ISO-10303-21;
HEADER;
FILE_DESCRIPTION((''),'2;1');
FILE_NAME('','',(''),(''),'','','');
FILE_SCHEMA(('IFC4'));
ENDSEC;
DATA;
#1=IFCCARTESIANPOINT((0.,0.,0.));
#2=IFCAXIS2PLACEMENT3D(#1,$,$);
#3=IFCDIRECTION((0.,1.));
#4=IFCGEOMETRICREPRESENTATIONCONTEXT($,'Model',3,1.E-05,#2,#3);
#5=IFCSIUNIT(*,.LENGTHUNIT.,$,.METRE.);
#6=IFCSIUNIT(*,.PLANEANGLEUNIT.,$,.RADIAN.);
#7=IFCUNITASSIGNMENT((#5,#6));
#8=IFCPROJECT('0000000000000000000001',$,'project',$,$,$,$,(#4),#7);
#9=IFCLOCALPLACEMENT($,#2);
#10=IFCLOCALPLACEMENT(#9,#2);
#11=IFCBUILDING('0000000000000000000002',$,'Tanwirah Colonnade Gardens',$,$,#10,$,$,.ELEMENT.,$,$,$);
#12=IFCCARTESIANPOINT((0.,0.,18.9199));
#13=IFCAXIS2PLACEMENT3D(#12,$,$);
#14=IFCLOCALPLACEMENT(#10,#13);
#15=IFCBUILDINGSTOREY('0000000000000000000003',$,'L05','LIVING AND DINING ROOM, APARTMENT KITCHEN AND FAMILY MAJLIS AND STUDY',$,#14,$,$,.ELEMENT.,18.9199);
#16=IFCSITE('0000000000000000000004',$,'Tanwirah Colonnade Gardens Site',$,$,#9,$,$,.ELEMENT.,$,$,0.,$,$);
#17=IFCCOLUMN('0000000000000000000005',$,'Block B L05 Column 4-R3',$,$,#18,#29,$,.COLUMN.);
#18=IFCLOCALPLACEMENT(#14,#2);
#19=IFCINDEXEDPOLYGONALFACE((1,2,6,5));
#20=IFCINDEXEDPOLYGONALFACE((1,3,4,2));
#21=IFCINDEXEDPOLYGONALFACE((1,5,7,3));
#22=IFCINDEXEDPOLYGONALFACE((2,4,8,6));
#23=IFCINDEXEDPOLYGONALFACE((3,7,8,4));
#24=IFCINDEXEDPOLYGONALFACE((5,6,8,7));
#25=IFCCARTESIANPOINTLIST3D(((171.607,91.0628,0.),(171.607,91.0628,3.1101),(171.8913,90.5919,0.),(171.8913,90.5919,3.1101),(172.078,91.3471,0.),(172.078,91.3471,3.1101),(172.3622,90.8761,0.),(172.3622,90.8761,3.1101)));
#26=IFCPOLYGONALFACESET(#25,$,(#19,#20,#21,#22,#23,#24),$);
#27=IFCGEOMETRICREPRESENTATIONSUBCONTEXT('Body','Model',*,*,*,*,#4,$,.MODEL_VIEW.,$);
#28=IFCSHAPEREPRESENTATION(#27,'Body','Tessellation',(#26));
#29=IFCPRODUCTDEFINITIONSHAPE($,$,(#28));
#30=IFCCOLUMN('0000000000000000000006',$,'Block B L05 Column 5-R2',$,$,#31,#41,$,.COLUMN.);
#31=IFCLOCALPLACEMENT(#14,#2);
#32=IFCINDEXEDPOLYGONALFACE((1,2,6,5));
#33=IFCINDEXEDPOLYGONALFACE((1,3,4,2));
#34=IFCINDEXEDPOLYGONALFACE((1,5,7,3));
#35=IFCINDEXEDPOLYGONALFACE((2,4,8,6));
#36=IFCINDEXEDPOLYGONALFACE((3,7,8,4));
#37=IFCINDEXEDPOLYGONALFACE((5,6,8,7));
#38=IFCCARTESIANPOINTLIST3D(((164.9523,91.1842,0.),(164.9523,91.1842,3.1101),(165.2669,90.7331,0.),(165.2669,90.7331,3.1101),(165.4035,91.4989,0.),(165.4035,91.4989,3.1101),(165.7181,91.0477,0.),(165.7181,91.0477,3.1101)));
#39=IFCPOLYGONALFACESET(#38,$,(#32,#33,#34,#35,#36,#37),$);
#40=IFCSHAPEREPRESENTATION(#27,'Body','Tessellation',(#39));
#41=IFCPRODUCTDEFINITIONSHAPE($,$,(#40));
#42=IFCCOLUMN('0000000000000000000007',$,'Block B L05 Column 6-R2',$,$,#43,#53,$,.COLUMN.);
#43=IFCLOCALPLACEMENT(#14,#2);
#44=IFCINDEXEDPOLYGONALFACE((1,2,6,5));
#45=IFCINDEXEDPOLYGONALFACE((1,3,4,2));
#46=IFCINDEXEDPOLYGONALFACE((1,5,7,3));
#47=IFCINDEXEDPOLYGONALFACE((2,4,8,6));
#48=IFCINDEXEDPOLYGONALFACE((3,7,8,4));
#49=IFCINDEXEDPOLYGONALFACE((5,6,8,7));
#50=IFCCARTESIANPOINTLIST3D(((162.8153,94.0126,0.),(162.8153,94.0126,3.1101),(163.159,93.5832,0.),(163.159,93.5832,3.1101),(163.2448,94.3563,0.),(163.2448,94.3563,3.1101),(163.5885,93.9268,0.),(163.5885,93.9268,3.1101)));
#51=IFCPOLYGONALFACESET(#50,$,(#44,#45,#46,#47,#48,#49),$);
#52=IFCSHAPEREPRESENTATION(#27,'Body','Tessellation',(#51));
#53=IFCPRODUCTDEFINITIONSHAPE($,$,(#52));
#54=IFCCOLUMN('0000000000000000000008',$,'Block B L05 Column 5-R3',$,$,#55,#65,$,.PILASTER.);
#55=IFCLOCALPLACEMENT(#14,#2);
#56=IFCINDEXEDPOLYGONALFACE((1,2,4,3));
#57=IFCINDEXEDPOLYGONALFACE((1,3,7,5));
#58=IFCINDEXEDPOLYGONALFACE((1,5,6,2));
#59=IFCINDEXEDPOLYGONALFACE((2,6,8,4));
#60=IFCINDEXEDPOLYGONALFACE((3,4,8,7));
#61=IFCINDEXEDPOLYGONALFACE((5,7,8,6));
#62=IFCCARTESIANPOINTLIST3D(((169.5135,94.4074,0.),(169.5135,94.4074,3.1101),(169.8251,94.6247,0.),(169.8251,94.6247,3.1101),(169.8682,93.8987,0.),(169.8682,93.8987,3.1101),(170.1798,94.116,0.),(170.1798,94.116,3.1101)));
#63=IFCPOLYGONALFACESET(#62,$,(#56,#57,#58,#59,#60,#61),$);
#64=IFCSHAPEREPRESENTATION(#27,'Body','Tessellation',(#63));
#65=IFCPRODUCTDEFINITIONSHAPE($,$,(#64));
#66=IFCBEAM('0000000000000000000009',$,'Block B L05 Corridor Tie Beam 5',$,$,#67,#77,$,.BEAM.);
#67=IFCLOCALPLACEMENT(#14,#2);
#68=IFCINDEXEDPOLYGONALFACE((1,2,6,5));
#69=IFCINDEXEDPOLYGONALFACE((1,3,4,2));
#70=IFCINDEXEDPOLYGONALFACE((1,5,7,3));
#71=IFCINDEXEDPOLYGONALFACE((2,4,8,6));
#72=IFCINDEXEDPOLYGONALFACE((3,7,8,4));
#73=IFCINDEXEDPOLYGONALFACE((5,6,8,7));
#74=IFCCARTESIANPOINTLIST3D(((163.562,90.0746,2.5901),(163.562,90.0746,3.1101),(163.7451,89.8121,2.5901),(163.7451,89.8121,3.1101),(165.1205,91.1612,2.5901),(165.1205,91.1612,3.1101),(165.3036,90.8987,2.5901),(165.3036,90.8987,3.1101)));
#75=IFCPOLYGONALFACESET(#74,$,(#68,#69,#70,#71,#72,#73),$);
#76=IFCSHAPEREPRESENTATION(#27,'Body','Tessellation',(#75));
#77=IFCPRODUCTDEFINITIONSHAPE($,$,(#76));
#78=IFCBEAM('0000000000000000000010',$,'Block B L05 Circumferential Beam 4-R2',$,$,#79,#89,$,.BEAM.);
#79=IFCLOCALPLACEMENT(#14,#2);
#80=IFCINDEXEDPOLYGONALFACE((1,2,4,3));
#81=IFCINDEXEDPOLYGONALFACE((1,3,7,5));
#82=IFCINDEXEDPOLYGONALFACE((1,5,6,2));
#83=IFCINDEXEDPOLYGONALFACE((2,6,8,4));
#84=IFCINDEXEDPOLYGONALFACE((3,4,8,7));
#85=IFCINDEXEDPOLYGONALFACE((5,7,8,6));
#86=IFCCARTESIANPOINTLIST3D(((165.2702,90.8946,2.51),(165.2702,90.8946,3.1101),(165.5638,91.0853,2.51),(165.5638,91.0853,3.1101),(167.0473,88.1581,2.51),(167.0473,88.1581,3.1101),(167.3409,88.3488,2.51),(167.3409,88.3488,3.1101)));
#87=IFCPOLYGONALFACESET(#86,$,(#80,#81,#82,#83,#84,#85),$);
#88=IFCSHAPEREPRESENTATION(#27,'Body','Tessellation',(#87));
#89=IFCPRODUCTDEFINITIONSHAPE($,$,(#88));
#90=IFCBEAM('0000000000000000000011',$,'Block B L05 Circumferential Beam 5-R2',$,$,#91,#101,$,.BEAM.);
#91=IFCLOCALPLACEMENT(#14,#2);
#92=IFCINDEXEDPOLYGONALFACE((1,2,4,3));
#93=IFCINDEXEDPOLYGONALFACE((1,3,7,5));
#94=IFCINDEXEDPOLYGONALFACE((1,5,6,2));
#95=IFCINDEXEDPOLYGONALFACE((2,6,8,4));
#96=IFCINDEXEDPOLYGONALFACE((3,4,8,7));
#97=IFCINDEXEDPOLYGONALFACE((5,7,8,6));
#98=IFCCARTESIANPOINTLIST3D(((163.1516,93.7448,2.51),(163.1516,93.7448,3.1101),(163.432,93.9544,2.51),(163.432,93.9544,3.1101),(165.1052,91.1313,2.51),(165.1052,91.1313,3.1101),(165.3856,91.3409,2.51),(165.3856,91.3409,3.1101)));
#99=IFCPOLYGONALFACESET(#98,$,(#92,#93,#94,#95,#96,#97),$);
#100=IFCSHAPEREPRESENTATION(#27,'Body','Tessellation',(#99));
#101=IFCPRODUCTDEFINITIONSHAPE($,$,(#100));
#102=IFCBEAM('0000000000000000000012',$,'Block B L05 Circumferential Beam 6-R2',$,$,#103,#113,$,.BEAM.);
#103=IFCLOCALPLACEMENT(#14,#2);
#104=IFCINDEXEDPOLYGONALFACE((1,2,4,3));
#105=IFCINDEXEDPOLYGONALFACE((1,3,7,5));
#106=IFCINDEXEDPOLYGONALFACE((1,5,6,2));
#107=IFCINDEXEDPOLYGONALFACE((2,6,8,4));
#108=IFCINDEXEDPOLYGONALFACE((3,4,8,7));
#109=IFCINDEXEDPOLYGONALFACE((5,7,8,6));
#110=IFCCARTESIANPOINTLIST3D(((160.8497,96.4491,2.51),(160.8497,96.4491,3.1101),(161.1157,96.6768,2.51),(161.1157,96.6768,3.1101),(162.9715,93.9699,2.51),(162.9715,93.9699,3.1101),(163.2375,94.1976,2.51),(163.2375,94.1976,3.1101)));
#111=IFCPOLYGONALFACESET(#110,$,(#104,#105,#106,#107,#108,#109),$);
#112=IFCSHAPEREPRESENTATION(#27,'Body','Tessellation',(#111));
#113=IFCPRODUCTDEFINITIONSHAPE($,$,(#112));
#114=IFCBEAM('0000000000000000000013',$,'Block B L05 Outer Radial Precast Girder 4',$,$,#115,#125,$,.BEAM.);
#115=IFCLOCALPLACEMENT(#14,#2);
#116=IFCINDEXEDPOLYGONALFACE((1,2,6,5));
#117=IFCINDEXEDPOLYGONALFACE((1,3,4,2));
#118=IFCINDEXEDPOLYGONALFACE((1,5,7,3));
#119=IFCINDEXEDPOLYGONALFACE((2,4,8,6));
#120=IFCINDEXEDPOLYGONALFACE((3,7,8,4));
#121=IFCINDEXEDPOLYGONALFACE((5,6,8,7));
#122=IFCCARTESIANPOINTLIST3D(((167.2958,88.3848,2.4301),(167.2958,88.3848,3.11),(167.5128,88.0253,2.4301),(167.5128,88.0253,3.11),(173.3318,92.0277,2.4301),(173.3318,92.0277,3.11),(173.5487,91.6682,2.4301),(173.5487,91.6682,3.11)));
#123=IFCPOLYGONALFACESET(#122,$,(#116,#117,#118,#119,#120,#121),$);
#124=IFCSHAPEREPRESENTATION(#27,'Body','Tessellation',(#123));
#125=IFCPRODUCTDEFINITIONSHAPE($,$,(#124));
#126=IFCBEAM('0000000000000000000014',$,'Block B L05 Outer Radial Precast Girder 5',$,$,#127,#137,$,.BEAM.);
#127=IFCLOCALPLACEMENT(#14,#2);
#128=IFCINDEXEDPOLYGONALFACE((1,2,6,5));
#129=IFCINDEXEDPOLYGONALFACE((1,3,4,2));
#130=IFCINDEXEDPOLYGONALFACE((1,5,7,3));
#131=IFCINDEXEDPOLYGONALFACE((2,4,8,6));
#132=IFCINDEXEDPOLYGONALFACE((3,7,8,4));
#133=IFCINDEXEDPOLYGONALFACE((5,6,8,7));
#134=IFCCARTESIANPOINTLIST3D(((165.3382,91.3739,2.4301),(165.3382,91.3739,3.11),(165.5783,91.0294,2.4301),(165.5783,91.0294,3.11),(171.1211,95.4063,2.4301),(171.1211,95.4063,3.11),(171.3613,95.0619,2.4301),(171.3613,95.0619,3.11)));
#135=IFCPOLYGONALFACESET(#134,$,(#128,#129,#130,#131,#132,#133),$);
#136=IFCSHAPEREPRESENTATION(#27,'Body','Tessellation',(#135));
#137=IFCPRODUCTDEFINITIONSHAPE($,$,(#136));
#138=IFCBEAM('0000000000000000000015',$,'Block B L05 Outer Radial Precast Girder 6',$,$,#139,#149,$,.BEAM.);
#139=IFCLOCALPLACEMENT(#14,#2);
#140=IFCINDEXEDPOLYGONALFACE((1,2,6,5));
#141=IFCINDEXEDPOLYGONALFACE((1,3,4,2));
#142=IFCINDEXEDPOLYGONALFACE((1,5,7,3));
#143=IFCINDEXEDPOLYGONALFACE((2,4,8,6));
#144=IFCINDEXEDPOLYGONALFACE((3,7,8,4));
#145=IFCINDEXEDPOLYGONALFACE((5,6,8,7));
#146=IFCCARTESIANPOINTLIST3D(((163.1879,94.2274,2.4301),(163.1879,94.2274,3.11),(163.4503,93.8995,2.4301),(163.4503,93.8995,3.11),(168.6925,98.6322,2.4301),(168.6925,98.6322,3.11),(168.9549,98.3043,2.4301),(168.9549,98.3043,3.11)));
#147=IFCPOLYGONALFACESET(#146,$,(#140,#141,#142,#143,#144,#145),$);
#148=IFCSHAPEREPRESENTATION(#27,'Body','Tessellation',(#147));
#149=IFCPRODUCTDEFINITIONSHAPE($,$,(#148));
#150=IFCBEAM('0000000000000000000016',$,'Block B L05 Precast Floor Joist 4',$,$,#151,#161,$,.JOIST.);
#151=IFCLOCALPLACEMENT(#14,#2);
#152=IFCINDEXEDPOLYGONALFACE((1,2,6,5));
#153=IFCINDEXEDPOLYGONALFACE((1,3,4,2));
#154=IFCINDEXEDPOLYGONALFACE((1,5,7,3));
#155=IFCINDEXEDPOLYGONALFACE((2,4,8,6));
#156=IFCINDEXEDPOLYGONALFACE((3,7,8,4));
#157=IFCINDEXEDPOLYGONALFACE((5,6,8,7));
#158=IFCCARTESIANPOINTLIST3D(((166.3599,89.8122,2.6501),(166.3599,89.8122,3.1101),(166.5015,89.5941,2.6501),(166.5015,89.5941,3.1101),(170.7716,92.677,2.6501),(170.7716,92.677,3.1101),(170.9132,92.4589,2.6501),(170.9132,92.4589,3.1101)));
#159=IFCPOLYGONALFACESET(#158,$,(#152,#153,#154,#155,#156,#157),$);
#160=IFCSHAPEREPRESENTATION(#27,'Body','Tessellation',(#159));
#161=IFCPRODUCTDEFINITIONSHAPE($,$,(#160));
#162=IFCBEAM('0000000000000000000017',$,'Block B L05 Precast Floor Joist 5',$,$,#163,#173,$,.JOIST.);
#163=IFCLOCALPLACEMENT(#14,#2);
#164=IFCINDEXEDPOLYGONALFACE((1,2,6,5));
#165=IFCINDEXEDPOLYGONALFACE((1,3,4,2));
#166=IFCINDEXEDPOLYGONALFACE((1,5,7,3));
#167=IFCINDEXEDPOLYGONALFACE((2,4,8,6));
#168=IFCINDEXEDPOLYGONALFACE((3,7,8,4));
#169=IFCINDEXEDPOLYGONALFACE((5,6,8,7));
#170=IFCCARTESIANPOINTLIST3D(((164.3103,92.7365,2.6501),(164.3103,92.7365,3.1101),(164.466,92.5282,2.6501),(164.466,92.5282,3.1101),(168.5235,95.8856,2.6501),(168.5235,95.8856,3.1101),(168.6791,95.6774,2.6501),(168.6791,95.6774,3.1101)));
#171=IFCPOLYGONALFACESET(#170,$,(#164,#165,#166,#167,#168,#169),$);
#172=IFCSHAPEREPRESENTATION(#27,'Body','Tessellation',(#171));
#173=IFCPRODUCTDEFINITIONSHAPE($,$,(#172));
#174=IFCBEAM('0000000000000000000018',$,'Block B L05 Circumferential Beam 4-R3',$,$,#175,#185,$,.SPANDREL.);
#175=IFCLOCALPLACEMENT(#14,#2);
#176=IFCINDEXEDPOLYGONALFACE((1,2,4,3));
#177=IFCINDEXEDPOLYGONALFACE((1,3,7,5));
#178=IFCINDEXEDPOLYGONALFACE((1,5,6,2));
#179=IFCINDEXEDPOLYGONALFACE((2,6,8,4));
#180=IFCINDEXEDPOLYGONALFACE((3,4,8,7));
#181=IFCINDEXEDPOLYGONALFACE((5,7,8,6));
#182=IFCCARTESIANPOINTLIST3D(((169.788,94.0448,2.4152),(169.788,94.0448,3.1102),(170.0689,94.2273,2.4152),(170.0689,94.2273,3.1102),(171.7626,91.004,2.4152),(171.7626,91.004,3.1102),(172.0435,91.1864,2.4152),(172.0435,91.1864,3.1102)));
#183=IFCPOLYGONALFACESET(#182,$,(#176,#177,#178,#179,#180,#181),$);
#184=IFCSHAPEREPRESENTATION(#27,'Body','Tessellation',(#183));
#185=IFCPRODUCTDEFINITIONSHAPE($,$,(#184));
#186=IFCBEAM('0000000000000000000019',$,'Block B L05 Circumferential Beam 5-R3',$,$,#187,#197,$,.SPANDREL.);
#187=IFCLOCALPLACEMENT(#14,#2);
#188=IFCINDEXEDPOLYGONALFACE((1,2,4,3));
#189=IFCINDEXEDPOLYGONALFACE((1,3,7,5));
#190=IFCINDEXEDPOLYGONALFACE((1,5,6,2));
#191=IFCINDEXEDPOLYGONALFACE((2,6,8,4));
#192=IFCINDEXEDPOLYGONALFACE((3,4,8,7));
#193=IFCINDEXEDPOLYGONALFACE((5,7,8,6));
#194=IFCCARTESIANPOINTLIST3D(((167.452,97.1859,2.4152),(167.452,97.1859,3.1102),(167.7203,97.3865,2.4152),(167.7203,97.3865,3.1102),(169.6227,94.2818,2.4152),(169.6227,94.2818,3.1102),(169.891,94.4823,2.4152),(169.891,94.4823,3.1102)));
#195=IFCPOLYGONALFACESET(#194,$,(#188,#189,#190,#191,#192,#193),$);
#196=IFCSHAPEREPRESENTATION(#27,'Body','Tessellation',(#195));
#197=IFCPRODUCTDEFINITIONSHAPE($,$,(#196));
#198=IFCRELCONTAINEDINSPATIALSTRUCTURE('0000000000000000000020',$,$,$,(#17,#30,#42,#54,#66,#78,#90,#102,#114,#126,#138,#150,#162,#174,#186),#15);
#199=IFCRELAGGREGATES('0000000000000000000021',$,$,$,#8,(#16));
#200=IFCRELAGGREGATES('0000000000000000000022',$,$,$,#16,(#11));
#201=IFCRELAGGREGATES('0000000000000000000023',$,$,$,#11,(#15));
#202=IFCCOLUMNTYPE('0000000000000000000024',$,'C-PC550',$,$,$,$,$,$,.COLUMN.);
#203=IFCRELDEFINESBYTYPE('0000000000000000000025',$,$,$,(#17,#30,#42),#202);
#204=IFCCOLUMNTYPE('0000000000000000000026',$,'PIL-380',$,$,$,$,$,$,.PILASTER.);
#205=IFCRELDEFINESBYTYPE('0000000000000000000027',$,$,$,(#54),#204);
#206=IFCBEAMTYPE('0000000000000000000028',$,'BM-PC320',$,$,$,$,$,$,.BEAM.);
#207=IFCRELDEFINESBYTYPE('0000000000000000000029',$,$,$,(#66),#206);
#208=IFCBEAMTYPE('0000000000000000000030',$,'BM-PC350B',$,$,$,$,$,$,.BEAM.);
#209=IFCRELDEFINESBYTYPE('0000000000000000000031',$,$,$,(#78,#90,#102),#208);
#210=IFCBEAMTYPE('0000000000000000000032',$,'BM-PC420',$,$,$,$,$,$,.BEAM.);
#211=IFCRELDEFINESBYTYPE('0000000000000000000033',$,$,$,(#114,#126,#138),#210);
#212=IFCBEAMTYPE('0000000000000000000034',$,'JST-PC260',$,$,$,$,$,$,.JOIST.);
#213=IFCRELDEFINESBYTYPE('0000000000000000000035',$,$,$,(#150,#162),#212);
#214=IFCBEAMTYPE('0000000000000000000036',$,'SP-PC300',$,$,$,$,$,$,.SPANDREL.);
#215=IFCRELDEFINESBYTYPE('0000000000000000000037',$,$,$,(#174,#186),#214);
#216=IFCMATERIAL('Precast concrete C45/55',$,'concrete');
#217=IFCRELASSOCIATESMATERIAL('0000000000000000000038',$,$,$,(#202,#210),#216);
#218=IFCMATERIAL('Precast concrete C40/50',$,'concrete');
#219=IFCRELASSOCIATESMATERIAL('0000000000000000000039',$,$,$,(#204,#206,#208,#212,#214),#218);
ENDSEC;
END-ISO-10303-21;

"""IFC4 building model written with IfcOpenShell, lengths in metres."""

from ifc_helpers import new_model, si_unit, direction, frame, origin, origin_2d, place, context, subcontext, project, spatial, rectangle, extrude, material, material_profile, profile_set, type_object, element, save


model = new_model("IFC4")

# Units and contexts
model_context = context("Model", 3, precision=1e-05, world=origin(), true_north=direction((0.0, 1.0)))
body_context = subcontext(model_context, "Body", "Model", "MODEL_VIEW")
ifc_project = project(units=[si_unit("LENGTHUNIT", "METRE"), si_unit("PLANEANGLEUNIT", "RADIAN")], contexts=[model_context])

# Site, building, storey
site_placement = place(None, origin())
site = spatial("IfcSite", under=ifc_project, at=site_placement, Name="Tanwirah Colonnade Gardens Site", CompositionType="ELEMENT", RefElevation=0.0)
building_placement = place(site_placement, origin())
building = spatial("IfcBuilding", under=site, at=building_placement, Name="Tanwirah Colonnade Gardens", CompositionType="ELEMENT")
storey_placement = place(building_placement, frame((0.0, 0.0, 18.9199)))
storey = spatial("IfcBuildingStorey", under=building, at=storey_placement, Name="L05", Description="LIVING AND DINING ROOM, APARTMENT KITCHEN AND FAMILY MAJLIS AND STUDY", CompositionType="ELEMENT", Elevation=18.9199)

# Columns
ifc_material_1 = material(Name="Precast concrete C45/55", Category="concrete")
ifc_material_profile_1 = material_profile(ifc_material_1, rectangle(XDim=0.55, YDim=0.55, at=origin_2d()), Name="PC-COL 550x550")
ifc_profile_set_1 = profile_set([ifc_material_profile_1], Name="Precast concrete C45/55")
column_type_1 = type_object("IfcColumnType", Name="C-PC550", PredefinedType="COLUMN", material=ifc_profile_set_1)
for number, where, z_axis, x_axis, name in (
    (1, (171.9846, 90.9695, 0.0), (0.0, 0.0, 1.0), (0.856167, 0.516699, 0.0), "Block B L05 Column 4-R3"),
    (2, (165.3352, 91.116, 0.0), (0.0, 0.0, 1.0), (0.820263, 0.571987, 0.0), "Block B L05 Column 5-R2"),
    (3, (163.2019, 93.9697, 0.0), (0.0, 0.0, 1.0), (0.780794, 0.624789, 0.0), "Block B L05 Column 6-R2"),
):
    element("IfcColumn", number, at=place(storey_placement, frame(where, z_axis=z_axis, x_axis=x_axis)), inside=storey, type_object=column_type_1, Name=name, PredefinedType="COLUMN", context=body_context, shape_type="SweptSolid", body=[
        extrude(rectangle(XDim=0.55, YDim=0.55, at=origin_2d()), origin(), (0.0, 0.0, 1.0), 3.1101),
    ])
ifc_material_2 = material(Name="Precast concrete C40/50", Category="concrete")
ifc_material_profile_2 = material_profile(ifc_material_2, rectangle(XDim=0.3799, YDim=0.6201, at=origin_2d()), Name="PC-PIL 380x620")
ifc_profile_set_2 = profile_set([ifc_material_profile_2], Name="Precast concrete C40/50")
column_type_2 = type_object("IfcColumnType", Name="PIL-380", PredefinedType="PILASTER", material=ifc_profile_set_2)
column_placement = place(storey_placement, frame((169.8467, 94.2617, 0.0), z_axis=(0.0, 0.0, 1.0), x_axis=(0.820263, 0.571987, 0.0)))
element("IfcColumn", 4, at=column_placement, inside=storey, type_object=column_type_2, Name="Block B L05 Column 5-R3", PredefinedType="PILASTER", context=body_context, shape_type="SweptSolid", body=[
    extrude(rectangle(XDim=0.3799, YDim=0.6201, at=origin_2d()), origin(), (0.0, 0.0, 1.0), 3.1101),
])

# Beams
ifc_material_profile_3 = material_profile(ifc_material_2, rectangle(XDim=0.3201, YDim=0.52, at=origin_2d()), Name="PC-BM 320x520")
ifc_profile_set_3 = profile_set([ifc_material_profile_3], Name="Precast concrete C40/50")
beam_type_1 = type_object("IfcBeamType", Name="BM-PC320", PredefinedType="BEAM", material=ifc_profile_set_3)
beam_1_placement = place(storey_placement, frame((163.6536, 89.9434, 2.8501), z_axis=(0.820305, 0.571926, 0.0), x_axis=(-0.571926, 0.820305, 0.0)))
element("IfcBeam", 5, at=beam_1_placement, inside=storey, type_object=beam_type_1, Name="Block B L05 Corridor Tie Beam 5", PredefinedType="BEAM", context=body_context, shape_type="SweptSolid", body=[
    extrude(rectangle(XDim=0.3201, YDim=0.52, at=origin_2d()), origin(), (0.0, 0.0, 1.0), 1.8999),
])
ifc_material_profile_4 = material_profile(ifc_material_2, rectangle(XDim=0.3501, YDim=0.6001, at=origin_2d()), Name="PC-BM 350x600")
ifc_profile_set_4 = profile_set([ifc_material_profile_4], Name="Precast concrete C40/50")
beam_type_2 = type_object("IfcBeamType", Name="BM-PC350B", PredefinedType="BEAM", material=ifc_profile_set_4)
for number, where, z_axis, x_axis, name in (
    (6, (167.1941, 88.2534, 2.8101), (-0.544628, 0.838678, 0.0), (-0.838678, -0.544628, 0.0), "Block B L05 Circumferential Beam 4-R2"),
    (7, (165.2454, 91.2361, 2.8101), (-0.598718, 0.80096, 0.0), (-0.80096, -0.598718, 0.0), "Block B L05 Circumferential Beam 5-R2"),
):
    element("IfcBeam", number, at=place(storey_placement, frame(where, z_axis=z_axis, x_axis=x_axis)), inside=storey, type_object=beam_type_2, Name=name, PredefinedType="BEAM", context=body_context, shape_type="SweptSolid", body=[
        extrude(rectangle(XDim=0.3501, YDim=0.6001, at=origin_2d()), origin(), (0.0, 0.0, 1.0), 3.2629),
    ])
beam_2_placement = place(storey_placement, frame((163.1045, 94.0837, 2.8101), z_axis=(-0.650218, 0.759748, 0.0), x_axis=(-0.759748, -0.650218, 0.0)))
element("IfcBeam", 8, at=beam_2_placement, inside=storey, type_object=beam_type_2, Name="Block B L05 Circumferential Beam 6-R2", PredefinedType="BEAM", context=body_context, shape_type="SweptSolid", body=[
    extrude(rectangle(XDim=0.3501, YDim=0.6001, at=origin_2d()), origin(), (0.0, 0.0, 1.0), 3.2632),
])
ifc_material_profile_5 = material_profile(ifc_material_1, rectangle(XDim=0.4199, YDim=0.6799, at=origin_2d()), Name="PC-BM 420x680")
ifc_profile_set_5 = profile_set([ifc_material_profile_5], Name="Precast concrete C45/55")
beam_type_3 = type_object("IfcBeamType", Name="BM-PC420", PredefinedType="BEAM", material=ifc_profile_set_5)
for number, where, z_axis, x_axis, name in (
    (9, (167.4043, 88.2051, 2.77), (0.856158, 0.516714, 0.0), (-0.516714, 0.856158, 0.0), "Block B L05 Outer Radial Precast Girder 4"),
    (10, (165.4583, 91.2017, 2.77), (0.82027, 0.571976, 0.0), (-0.571976, 0.82027, 0.0), "Block B L05 Outer Radial Precast Girder 5"),
    (11, (163.3191, 94.0635, 2.77), (0.780794, 0.624788, 0.0), (-0.624788, 0.780794, 0.0), "Block B L05 Outer Radial Precast Girder 6"),
):
    element("IfcBeam", number, at=place(storey_placement, frame(where, z_axis=z_axis, x_axis=x_axis)), inside=storey, type_object=beam_type_3, Name=name, PredefinedType="BEAM", context=body_context, shape_type="SweptSolid", body=[
        extrude(rectangle(XDim=0.4199, YDim=0.6799, at=origin_2d()), origin(), (0.0, 0.0, 1.0), 7.05),
    ])
ifc_material_profile_6 = material_profile(ifc_material_2, rectangle(XDim=0.26, YDim=0.46, at=origin_2d()), Name="PC-JST 260x460")
ifc_profile_set_6 = profile_set([ifc_material_profile_6], Name="Precast concrete C40/50")
beam_type_4 = type_object("IfcBeamType", Name="JST-PC260", PredefinedType="JOIST", material=ifc_profile_set_6)
beam_3_placement = place(storey_placement, frame((166.4307, 89.7031, 2.8801), z_axis=(0.838687, 0.544613, 0.0), x_axis=(-0.544613, 0.838687, 0.0)))
element("IfcBeam", 12, at=beam_3_placement, inside=storey, type_object=beam_type_4, Name="Block B L05 Precast Floor Joist 4", PredefinedType="JOIST", context=body_context, shape_type="SweptSolid", body=[
    extrude(rectangle(XDim=0.26, YDim=0.46, at=origin_2d()), origin(), (0.0, 0.0, 1.0), 5.2603),
])
beam_4_placement = place(storey_placement, frame((164.3882, 92.6323, 2.8801), z_axis=(0.800974, 0.5987, 0.0), x_axis=(-0.5987, 0.800974, 0.0)))
element("IfcBeam", 13, at=beam_4_placement, inside=storey, type_object=beam_type_4, Name="Block B L05 Precast Floor Joist 5", PredefinedType="JOIST", context=body_context, shape_type="SweptSolid", body=[
    extrude(rectangle(XDim=0.26, YDim=0.46, at=origin_2d()), origin(), (0.0, 0.0, 1.0), 5.26),
])
ifc_material_profile_7 = material_profile(ifc_material_2, rectangle(XDim=0.335, YDim=0.6951, at=origin_2d()), Name="PC-SP 335x695")
ifc_profile_set_7 = profile_set([ifc_material_profile_7], Name="Precast concrete C40/50")
beam_type_5 = type_object("IfcBeamType", Name="SP-PC300", PredefinedType="SPANDREL", material=ifc_profile_set_7)
for number, where, z_axis, x_axis, name in (
    (14, (171.9031, 91.0952, 2.7627), (-0.544621, 0.838682, 0.0), (-0.838682, -0.544621, 0.0), "Block B L05 Circumferential Beam 4-R3"),
    (15, (169.7568, 94.3821, 2.7627), (-0.598696, 0.800977, 0.0), (-0.800977, -0.598696, 0.0), "Block B L05 Circumferential Beam 5-R3"),
):
    element("IfcBeam", number, at=place(storey_placement, frame(where, z_axis=z_axis, x_axis=x_axis)), inside=storey, type_object=beam_type_5, Name=name, PredefinedType="SPANDREL", context=body_context, shape_type="SweptSolid", body=[
        extrude(rectangle(XDim=0.335, YDim=0.6951, at=origin_2d()), origin(), (0.0, 0.0, 1.0), 3.6257),
    ])

save(model, "model.ifc")
